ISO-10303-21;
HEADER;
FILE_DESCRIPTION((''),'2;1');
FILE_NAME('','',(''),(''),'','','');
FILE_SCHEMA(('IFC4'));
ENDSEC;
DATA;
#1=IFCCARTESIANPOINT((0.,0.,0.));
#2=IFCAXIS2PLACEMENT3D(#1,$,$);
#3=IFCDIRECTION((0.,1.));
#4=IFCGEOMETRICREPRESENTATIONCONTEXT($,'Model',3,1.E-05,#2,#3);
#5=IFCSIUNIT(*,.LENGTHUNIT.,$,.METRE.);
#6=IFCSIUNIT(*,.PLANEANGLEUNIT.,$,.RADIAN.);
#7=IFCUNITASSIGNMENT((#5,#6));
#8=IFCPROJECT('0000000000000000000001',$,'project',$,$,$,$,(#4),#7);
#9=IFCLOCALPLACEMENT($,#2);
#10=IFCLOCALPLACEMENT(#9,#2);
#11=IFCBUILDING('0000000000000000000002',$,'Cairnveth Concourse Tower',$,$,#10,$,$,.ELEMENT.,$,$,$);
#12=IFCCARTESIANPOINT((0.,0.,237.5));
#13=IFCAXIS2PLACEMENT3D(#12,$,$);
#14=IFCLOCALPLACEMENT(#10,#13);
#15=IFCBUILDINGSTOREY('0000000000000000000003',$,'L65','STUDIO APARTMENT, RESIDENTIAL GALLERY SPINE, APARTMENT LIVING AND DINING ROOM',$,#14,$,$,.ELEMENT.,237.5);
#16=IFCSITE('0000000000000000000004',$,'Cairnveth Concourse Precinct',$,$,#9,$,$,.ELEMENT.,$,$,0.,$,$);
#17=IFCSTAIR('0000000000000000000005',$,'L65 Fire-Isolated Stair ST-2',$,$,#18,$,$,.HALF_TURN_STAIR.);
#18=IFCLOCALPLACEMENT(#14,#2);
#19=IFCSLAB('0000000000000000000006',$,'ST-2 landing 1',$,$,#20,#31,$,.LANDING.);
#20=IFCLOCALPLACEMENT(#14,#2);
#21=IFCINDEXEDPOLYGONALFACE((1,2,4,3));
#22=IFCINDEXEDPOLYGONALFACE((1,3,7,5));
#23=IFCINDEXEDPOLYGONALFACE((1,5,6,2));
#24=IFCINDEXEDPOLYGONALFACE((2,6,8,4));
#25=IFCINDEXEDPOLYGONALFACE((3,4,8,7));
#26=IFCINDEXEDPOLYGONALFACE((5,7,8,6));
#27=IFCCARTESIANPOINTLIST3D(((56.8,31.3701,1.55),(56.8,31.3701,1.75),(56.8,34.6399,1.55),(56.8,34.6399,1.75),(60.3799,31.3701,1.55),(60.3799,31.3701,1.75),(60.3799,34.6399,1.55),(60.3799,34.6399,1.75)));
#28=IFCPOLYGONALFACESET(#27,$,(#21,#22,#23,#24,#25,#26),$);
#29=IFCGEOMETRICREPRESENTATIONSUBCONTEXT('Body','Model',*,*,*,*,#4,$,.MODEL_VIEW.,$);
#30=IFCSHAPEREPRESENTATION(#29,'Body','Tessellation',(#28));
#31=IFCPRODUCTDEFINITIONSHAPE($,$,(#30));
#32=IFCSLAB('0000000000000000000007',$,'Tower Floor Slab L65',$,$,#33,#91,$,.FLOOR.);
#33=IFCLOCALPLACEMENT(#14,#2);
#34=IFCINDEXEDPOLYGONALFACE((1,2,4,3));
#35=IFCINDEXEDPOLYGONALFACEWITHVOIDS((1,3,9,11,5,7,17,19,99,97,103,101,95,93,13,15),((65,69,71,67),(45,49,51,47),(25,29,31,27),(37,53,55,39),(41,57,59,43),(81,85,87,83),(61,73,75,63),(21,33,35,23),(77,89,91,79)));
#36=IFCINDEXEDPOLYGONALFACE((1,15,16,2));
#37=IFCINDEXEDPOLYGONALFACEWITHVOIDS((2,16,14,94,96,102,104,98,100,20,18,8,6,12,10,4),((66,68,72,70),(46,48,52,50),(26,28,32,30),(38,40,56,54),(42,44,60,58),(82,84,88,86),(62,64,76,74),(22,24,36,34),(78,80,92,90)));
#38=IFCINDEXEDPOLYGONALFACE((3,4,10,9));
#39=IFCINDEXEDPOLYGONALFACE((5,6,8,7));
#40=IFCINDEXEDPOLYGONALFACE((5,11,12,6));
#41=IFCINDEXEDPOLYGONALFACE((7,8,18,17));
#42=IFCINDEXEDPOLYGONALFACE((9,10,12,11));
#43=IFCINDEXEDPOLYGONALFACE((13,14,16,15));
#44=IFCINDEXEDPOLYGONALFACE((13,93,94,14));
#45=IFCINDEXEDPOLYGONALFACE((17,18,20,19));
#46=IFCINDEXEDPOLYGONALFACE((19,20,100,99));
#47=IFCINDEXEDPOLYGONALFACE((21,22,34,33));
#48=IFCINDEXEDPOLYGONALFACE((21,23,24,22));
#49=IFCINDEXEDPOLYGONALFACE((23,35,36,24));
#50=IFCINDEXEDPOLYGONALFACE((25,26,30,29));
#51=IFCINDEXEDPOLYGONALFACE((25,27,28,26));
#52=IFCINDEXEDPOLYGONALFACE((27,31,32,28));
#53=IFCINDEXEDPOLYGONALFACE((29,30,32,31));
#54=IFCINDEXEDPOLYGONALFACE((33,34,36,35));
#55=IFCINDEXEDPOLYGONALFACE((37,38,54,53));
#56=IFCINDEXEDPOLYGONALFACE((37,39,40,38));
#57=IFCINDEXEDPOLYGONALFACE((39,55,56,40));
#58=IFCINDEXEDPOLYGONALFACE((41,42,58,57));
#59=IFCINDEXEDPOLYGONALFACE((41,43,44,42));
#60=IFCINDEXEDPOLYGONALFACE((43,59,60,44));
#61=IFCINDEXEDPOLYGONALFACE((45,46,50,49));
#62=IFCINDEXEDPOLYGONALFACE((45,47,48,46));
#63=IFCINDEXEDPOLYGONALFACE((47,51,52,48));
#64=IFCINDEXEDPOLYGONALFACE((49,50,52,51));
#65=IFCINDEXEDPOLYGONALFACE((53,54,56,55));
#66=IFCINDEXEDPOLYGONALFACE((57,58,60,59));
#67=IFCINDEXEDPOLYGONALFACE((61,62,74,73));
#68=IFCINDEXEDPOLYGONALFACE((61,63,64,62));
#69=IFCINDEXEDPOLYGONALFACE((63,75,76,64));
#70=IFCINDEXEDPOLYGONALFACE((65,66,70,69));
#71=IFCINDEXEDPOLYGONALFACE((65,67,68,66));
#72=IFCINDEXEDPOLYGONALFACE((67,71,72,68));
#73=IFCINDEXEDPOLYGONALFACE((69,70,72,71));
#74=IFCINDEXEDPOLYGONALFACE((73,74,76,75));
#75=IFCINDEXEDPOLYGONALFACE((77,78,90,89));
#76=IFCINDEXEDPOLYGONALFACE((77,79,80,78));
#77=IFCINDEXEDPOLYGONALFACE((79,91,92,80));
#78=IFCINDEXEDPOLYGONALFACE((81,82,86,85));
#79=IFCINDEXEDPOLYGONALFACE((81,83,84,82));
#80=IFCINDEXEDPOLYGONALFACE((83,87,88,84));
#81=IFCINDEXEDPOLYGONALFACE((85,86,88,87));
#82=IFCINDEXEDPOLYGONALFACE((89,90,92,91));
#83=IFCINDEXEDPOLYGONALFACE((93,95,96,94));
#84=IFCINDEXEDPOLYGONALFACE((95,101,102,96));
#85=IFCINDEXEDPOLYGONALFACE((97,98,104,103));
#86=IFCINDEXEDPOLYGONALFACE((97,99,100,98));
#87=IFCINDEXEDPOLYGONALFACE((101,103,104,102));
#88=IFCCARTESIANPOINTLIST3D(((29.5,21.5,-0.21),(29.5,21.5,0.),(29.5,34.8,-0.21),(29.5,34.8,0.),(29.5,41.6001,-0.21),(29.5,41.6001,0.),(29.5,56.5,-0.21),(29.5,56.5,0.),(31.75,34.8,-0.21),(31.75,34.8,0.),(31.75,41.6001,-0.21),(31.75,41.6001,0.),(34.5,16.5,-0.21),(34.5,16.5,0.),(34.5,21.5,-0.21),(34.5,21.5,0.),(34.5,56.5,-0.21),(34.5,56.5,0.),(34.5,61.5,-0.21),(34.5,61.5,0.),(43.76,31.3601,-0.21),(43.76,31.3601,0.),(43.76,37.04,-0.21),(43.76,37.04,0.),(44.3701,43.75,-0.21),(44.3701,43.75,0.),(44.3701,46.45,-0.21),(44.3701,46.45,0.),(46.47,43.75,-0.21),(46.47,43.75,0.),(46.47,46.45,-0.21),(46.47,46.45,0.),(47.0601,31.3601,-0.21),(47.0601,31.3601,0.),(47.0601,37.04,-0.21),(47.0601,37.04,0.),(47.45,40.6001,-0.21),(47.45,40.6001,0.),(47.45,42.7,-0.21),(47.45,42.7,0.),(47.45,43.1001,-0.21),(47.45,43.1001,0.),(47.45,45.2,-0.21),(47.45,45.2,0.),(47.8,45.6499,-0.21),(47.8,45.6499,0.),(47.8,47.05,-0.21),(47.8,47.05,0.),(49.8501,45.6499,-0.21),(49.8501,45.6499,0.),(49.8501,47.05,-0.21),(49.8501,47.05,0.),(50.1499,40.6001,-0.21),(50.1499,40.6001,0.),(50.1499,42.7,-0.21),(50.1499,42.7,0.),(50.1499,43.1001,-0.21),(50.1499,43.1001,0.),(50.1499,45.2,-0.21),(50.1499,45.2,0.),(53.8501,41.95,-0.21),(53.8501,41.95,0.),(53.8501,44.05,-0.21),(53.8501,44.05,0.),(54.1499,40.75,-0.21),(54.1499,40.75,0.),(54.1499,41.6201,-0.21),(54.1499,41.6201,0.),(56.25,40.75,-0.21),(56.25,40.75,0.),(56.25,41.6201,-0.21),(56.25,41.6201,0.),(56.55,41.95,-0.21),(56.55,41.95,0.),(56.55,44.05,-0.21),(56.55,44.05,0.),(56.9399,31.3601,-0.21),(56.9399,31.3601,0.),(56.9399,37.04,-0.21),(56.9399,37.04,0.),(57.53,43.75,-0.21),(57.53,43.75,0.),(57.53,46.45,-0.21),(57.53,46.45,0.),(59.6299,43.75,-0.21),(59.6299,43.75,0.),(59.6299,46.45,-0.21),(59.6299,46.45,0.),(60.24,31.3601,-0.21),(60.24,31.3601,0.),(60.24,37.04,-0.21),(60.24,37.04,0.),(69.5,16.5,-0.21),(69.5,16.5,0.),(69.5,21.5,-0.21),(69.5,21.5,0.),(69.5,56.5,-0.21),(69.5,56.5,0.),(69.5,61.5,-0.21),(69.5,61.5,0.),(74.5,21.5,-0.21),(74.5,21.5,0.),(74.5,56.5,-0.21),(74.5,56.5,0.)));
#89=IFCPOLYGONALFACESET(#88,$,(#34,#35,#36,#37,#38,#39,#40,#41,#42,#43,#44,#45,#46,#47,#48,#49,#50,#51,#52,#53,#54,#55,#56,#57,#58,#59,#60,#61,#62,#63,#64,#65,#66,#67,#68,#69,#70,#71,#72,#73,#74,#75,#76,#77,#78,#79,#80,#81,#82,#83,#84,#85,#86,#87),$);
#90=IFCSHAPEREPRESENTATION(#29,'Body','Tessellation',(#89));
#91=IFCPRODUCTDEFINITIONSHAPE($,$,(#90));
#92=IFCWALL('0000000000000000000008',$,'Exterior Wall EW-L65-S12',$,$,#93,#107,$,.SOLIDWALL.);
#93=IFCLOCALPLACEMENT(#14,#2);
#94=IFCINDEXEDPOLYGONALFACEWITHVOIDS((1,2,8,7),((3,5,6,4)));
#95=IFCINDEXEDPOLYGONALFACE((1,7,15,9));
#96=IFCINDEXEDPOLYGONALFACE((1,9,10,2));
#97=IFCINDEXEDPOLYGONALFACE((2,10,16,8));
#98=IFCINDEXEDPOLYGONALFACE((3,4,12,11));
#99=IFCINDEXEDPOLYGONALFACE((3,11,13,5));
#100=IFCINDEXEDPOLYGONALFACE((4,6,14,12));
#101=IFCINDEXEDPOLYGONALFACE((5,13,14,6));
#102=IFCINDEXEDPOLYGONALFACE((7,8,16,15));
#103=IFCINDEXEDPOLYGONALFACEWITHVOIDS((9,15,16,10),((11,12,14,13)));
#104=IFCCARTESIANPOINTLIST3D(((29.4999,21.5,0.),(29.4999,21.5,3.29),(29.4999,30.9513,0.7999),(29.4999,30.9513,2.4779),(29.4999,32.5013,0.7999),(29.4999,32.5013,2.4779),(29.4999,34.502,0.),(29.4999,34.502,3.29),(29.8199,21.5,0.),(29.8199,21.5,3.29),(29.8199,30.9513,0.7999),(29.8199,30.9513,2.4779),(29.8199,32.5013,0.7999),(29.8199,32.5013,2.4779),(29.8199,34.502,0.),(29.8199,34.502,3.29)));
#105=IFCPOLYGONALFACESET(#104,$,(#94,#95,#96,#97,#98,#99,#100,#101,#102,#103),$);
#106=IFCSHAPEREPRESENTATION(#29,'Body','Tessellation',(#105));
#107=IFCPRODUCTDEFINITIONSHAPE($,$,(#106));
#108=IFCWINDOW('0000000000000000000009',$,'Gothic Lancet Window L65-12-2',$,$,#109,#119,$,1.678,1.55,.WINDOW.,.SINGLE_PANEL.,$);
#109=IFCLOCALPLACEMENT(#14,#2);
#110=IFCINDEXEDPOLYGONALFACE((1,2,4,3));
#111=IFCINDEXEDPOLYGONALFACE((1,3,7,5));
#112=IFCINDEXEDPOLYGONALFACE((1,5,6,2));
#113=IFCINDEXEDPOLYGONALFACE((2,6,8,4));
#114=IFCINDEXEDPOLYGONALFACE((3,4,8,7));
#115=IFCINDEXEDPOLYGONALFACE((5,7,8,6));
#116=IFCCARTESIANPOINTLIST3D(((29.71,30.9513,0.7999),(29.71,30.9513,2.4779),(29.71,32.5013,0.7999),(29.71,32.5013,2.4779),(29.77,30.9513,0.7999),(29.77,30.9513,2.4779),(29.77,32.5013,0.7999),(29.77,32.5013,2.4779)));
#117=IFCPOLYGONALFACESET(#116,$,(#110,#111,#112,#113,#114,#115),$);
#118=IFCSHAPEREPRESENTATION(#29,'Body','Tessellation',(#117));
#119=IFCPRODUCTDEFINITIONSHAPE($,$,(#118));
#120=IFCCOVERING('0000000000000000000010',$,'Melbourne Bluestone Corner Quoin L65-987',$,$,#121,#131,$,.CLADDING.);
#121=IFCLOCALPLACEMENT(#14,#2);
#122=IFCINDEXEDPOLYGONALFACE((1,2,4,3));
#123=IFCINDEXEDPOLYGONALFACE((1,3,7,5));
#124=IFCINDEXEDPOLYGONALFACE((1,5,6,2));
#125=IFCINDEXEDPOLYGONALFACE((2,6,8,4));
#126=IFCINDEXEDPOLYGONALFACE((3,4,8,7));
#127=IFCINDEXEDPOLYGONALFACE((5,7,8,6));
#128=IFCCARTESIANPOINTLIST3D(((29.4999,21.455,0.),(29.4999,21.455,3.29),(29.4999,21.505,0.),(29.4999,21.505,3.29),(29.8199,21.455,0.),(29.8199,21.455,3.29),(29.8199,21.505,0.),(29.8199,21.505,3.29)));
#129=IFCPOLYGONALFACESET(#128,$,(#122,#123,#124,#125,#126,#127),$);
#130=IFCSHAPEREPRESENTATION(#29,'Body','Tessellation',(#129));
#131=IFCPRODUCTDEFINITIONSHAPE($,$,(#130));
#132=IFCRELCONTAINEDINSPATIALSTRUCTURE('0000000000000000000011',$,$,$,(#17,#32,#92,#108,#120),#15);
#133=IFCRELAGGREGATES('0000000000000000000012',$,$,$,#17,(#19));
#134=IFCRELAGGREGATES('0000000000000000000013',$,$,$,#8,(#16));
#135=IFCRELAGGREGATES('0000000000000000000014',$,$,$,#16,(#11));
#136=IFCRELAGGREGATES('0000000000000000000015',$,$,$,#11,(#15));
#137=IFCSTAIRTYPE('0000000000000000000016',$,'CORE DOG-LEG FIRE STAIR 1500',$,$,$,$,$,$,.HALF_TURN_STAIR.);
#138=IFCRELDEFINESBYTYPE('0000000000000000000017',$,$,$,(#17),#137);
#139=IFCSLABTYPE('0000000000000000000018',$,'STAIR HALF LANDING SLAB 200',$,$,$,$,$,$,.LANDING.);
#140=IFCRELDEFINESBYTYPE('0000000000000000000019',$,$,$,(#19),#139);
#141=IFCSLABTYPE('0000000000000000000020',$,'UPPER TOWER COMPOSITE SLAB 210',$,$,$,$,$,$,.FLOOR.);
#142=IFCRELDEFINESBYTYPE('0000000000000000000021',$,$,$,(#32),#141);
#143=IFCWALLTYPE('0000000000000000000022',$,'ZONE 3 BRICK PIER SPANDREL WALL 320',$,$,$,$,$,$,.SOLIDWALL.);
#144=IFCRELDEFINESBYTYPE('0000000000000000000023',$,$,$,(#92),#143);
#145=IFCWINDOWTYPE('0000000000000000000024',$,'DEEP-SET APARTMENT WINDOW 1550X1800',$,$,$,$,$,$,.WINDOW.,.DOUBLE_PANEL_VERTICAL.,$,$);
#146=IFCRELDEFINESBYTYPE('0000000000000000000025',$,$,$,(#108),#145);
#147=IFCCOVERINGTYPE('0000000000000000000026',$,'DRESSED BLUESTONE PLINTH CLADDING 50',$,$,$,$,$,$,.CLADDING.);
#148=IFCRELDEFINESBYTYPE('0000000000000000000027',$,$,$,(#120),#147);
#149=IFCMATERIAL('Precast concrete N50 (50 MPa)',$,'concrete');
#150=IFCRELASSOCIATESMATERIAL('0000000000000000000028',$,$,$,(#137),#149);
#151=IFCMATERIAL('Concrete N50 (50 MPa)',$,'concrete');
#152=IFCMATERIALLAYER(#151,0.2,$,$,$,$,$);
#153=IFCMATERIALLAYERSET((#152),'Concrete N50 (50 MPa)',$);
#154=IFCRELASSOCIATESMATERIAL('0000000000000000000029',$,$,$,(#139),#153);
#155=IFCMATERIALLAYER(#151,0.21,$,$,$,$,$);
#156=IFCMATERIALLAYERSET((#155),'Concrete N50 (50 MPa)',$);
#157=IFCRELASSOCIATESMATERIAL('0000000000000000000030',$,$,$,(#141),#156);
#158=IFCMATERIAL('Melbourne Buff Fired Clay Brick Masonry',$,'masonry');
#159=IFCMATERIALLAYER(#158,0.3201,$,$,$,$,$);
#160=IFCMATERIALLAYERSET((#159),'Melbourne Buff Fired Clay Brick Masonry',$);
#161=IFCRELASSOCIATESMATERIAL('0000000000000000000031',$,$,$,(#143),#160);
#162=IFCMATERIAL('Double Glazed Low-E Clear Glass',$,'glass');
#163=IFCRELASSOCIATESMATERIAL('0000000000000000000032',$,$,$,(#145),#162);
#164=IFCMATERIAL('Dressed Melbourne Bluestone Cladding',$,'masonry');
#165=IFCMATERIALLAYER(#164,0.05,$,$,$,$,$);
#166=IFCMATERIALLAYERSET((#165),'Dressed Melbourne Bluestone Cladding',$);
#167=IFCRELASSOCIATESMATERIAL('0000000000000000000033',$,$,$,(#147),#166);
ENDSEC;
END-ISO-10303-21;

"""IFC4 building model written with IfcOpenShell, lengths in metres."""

from ifc_helpers import new_model, si_unit, direction, frame, frame_2d, origin, place, context, subcontext, project, spatial, polyline, rectangle, outline, extrude, material, layer, layer_set, type_object, element, fill, aggregate, save


model = new_model("IFC4")

# Units and contexts
model_context = context("Model", 3, precision=1e-05, world=origin(), true_north=direction((0.0, 1.0)))
body_context = subcontext(model_context, "Body", "Model", "MODEL_VIEW")
ifc_project = project(units=[si_unit("LENGTHUNIT", "METRE"), si_unit("PLANEANGLEUNIT", "RADIAN")], contexts=[model_context])

# Site, building, storey
site_placement = place(None, origin())
site = spatial("IfcSite", under=ifc_project, at=site_placement, Name="Cairnveth Concourse Precinct", CompositionType="ELEMENT", RefElevation=0.0)
building_placement = place(site_placement, origin())
building = spatial("IfcBuilding", under=site, at=building_placement, Name="Cairnveth Concourse Tower", CompositionType="ELEMENT")
storey_placement = place(building_placement, frame((0.0, 0.0, 237.5)))
storey = spatial("IfcBuildingStorey", under=building, at=storey_placement, Name="L65", Description="STUDIO APARTMENT, RESIDENTIAL GALLERY SPINE, APARTMENT LIVING AND DINING ROOM", CompositionType="ELEMENT", Elevation=237.5)

# Shared definitions
ifc_material_1 = material(Name="Concrete N50 (50 MPa)", Category="concrete")

# Stair, slab
ifc_material_2 = material(Name="Precast concrete N50 (50 MPa)", Category="concrete")
stair_type = type_object("IfcStairType", Name="CORE DOG-LEG FIRE STAIR 1500", PredefinedType="HALF_TURN_STAIR", material=ifc_material_2)
ifc_layer_1 = layer(ifc_material_1, 0.2)
ifc_layer_set_1 = layer_set([ifc_layer_1], Name="Concrete N50 (50 MPa)")
slab_type_1 = type_object("IfcSlabType", Name="STAIR HALF LANDING SLAB 200", PredefinedType="LANDING", material=ifc_layer_set_1)
stair_1_placement = place(storey_placement, origin())
stair_1 = element("IfcStair", 1, at=stair_1_placement, inside=storey, type_object=stair_type, Name="L65 Fire-Isolated Stair ST-2", PredefinedType="HALF_TURN_STAIR")
slab_1_placement = place(storey_placement, frame((0.0, 0.0, 1.55)))
slab_1 = element("IfcSlab", 2, at=slab_1_placement, type_object=slab_type_1, Name="ST-2 landing 1", PredefinedType="LANDING", context=body_context, shape_type="SweptSolid", body=[
    extrude(outline(polyline([(56.8, 34.6399), (56.8, 31.3701), (60.3799, 31.3701), (60.3799, 34.6399), (56.8, 34.6399)])), origin(), (0.0, 0.0, 1.0), 0.2),
])
aggregate(stair_1, [slab_1])

# Slab
ifc_layer_2 = layer(ifc_material_1, 0.21)
ifc_layer_set_2 = layer_set([ifc_layer_2], Name="Concrete N50 (50 MPa)")
slab_type_2 = type_object("IfcSlabType", Name="UPPER TOWER COMPOSITE SLAB 210", PredefinedType="FLOOR", material=ifc_layer_set_2)
slab_2_placement = place(storey_placement, frame((0.0, 0.0, -0.21)))
element("IfcSlab", 3, at=slab_2_placement, inside=storey, type_object=slab_type_2, Name="Tower Floor Slab L65", PredefinedType="FLOOR", context=body_context, shape_type="SweptSolid", body=[
    extrude(outline(polyline([(29.5, 41.6001), (31.75, 41.6001), (31.75, 34.8), (29.5, 34.8), (29.5, 21.5), (34.5, 21.5), (34.5, 16.5), (69.5, 16.5), (69.5, 21.5), (74.5, 21.5), (74.5, 56.5), (69.5, 56.5), (69.5, 61.5), (34.5, 61.5), (34.5, 56.5), (29.5, 56.5), (29.5, 41.6001)]), holes=[polyline([(43.76, 31.3601), (47.0601, 31.3601), (47.0601, 37.04), (43.76, 37.04), (43.76, 31.3601)]), polyline([(56.9399, 31.3601), (60.24, 31.3601), (60.24, 37.04), (56.9399, 37.04), (56.9399, 31.3601)]), polyline([(44.3701, 43.75), (46.47, 43.75), (46.47, 46.45), (44.3701, 46.45), (44.3701, 43.75)]), polyline([(57.53, 43.75), (59.6299, 43.75), (59.6299, 46.45), (57.53, 46.45), (57.53, 43.75)]), polyline([(47.45, 40.6001), (50.1499, 40.6001), (50.1499, 42.7), (47.45, 42.7), (47.45, 40.6001)]), polyline([(47.45, 43.1001), (50.1499, 43.1001), (50.1499, 45.2), (47.45, 45.2), (47.45, 43.1001)]), polyline([(53.8501, 41.95), (56.55, 41.95), (56.55, 44.05), (53.8501, 44.05), (53.8501, 41.95)]), polyline([(47.8, 45.6499), (49.8501, 45.6499), (49.8501, 47.05), (47.8, 47.05), (47.8, 45.6499)]), polyline([(54.1499, 40.75), (56.25, 40.75), (56.25, 41.6201), (54.1499, 41.6201), (54.1499, 40.75)])]), origin(), (0.0, 0.0, 1.0), 0.21),
])

# Wall, opening, window
ifc_material_3 = material(Name="Melbourne Buff Fired Clay Brick Masonry", Category="masonry")
ifc_layer_3 = layer(ifc_material_3, 0.3201)
ifc_layer_set_3 = layer_set([ifc_layer_3], Name="Melbourne Buff Fired Clay Brick Masonry")
wall_type = type_object("IfcWallType", Name="ZONE 3 BRICK PIER SPANDREL WALL 320", PredefinedType="SOLIDWALL", material=ifc_layer_set_3)
wall_placement = place(storey_placement, frame((29.6599, 21.5, 0.0), z_axis=(0.0, 0.0, 1.0), x_axis=(0.0, 1.0, 0.0)))
wall = element("IfcWall", 4, at=wall_placement, inside=storey, type_object=wall_type, Name="Exterior Wall EW-L65-S12", PredefinedType="SOLIDWALL", context=body_context, shape_type="SweptSolid", body=[
    extrude(rectangle(XDim=13.002, YDim=0.3201, at=frame_2d((6.501, 0.0))), origin(), (0.0, 0.0, 1.0), 3.29),
])
opening_placement = place(wall_placement, frame((9.4514, 0.0, 0.8)))
opening = element("IfcOpeningElement", 5, at=opening_placement, cuts=wall, PredefinedType="OPENING", context=body_context, shape_type="SweptSolid", body=[
    extrude(rectangle(XDim=1.55, YDim=1.678, at=frame_2d((0.7749, 0.8389))), frame((0.0, 0.1699, 0.0), z_axis=(0.0, -1.0, 0.0), x_axis=(1.0, 0.0, 0.0)), (0.0, 0.0, 1.0), 0.3401),
])
ifc_material_4 = material(Name="Double Glazed Low-E Clear Glass", Category="glass")
window_type = type_object("IfcWindowType", Name="DEEP-SET APARTMENT WINDOW 1550X1800", PartitioningType="DOUBLE_PANEL_VERTICAL", PredefinedType="WINDOW", material=ifc_material_4)
window_placement = place(opening_placement, origin())
window = element("IfcWindow", 6, at=window_placement, inside=storey, type_object=window_type, Name="Gothic Lancet Window L65-12-2", OverallHeight=1.678, OverallWidth=1.55, PartitioningType="SINGLE_PANEL", PredefinedType="WINDOW", context=body_context, shape_type="SweptSolid", body=[
    extrude(rectangle(XDim=1.55, YDim=1.678, at=frame_2d((0.7749, 0.8389))), frame((0.0, -0.05, 0.0), z_axis=(0.0, -1.0, 0.0), x_axis=(1.0, 0.0, 0.0)), (0.0, 0.0, 1.0), 0.0601),
])
fill(opening, window)

# Covering
ifc_material_5 = material(Name="Dressed Melbourne Bluestone Cladding", Category="masonry")
ifc_layer_4 = layer(ifc_material_5, 0.05)
ifc_layer_set_4 = layer_set([ifc_layer_4], Name="Dressed Melbourne Bluestone Cladding")
covering_type = type_object("IfcCoveringType", Name="DRESSED BLUESTONE PLINTH CLADDING 50", PredefinedType="CLADDING", material=ifc_layer_set_4)
covering_placement = place(storey_placement, frame((29.8201, 21.48, 0.0), z_axis=(0.0, 0.0, 1.0), x_axis=(-1.0, 0.0, 0.0)))
element("IfcCovering", 7, at=covering_placement, inside=storey, type_object=covering_type, Name="Melbourne Bluestone Corner Quoin L65-987", PredefinedType="CLADDING", context=body_context, shape_type="SweptSolid", body=[
    extrude(rectangle(XDim=0.3201, YDim=0.05, at=frame_2d((0.1602, 0.0))), origin(), (0.0, 0.0, 1.0), 3.29),
])

save(model, "model.ifc")
